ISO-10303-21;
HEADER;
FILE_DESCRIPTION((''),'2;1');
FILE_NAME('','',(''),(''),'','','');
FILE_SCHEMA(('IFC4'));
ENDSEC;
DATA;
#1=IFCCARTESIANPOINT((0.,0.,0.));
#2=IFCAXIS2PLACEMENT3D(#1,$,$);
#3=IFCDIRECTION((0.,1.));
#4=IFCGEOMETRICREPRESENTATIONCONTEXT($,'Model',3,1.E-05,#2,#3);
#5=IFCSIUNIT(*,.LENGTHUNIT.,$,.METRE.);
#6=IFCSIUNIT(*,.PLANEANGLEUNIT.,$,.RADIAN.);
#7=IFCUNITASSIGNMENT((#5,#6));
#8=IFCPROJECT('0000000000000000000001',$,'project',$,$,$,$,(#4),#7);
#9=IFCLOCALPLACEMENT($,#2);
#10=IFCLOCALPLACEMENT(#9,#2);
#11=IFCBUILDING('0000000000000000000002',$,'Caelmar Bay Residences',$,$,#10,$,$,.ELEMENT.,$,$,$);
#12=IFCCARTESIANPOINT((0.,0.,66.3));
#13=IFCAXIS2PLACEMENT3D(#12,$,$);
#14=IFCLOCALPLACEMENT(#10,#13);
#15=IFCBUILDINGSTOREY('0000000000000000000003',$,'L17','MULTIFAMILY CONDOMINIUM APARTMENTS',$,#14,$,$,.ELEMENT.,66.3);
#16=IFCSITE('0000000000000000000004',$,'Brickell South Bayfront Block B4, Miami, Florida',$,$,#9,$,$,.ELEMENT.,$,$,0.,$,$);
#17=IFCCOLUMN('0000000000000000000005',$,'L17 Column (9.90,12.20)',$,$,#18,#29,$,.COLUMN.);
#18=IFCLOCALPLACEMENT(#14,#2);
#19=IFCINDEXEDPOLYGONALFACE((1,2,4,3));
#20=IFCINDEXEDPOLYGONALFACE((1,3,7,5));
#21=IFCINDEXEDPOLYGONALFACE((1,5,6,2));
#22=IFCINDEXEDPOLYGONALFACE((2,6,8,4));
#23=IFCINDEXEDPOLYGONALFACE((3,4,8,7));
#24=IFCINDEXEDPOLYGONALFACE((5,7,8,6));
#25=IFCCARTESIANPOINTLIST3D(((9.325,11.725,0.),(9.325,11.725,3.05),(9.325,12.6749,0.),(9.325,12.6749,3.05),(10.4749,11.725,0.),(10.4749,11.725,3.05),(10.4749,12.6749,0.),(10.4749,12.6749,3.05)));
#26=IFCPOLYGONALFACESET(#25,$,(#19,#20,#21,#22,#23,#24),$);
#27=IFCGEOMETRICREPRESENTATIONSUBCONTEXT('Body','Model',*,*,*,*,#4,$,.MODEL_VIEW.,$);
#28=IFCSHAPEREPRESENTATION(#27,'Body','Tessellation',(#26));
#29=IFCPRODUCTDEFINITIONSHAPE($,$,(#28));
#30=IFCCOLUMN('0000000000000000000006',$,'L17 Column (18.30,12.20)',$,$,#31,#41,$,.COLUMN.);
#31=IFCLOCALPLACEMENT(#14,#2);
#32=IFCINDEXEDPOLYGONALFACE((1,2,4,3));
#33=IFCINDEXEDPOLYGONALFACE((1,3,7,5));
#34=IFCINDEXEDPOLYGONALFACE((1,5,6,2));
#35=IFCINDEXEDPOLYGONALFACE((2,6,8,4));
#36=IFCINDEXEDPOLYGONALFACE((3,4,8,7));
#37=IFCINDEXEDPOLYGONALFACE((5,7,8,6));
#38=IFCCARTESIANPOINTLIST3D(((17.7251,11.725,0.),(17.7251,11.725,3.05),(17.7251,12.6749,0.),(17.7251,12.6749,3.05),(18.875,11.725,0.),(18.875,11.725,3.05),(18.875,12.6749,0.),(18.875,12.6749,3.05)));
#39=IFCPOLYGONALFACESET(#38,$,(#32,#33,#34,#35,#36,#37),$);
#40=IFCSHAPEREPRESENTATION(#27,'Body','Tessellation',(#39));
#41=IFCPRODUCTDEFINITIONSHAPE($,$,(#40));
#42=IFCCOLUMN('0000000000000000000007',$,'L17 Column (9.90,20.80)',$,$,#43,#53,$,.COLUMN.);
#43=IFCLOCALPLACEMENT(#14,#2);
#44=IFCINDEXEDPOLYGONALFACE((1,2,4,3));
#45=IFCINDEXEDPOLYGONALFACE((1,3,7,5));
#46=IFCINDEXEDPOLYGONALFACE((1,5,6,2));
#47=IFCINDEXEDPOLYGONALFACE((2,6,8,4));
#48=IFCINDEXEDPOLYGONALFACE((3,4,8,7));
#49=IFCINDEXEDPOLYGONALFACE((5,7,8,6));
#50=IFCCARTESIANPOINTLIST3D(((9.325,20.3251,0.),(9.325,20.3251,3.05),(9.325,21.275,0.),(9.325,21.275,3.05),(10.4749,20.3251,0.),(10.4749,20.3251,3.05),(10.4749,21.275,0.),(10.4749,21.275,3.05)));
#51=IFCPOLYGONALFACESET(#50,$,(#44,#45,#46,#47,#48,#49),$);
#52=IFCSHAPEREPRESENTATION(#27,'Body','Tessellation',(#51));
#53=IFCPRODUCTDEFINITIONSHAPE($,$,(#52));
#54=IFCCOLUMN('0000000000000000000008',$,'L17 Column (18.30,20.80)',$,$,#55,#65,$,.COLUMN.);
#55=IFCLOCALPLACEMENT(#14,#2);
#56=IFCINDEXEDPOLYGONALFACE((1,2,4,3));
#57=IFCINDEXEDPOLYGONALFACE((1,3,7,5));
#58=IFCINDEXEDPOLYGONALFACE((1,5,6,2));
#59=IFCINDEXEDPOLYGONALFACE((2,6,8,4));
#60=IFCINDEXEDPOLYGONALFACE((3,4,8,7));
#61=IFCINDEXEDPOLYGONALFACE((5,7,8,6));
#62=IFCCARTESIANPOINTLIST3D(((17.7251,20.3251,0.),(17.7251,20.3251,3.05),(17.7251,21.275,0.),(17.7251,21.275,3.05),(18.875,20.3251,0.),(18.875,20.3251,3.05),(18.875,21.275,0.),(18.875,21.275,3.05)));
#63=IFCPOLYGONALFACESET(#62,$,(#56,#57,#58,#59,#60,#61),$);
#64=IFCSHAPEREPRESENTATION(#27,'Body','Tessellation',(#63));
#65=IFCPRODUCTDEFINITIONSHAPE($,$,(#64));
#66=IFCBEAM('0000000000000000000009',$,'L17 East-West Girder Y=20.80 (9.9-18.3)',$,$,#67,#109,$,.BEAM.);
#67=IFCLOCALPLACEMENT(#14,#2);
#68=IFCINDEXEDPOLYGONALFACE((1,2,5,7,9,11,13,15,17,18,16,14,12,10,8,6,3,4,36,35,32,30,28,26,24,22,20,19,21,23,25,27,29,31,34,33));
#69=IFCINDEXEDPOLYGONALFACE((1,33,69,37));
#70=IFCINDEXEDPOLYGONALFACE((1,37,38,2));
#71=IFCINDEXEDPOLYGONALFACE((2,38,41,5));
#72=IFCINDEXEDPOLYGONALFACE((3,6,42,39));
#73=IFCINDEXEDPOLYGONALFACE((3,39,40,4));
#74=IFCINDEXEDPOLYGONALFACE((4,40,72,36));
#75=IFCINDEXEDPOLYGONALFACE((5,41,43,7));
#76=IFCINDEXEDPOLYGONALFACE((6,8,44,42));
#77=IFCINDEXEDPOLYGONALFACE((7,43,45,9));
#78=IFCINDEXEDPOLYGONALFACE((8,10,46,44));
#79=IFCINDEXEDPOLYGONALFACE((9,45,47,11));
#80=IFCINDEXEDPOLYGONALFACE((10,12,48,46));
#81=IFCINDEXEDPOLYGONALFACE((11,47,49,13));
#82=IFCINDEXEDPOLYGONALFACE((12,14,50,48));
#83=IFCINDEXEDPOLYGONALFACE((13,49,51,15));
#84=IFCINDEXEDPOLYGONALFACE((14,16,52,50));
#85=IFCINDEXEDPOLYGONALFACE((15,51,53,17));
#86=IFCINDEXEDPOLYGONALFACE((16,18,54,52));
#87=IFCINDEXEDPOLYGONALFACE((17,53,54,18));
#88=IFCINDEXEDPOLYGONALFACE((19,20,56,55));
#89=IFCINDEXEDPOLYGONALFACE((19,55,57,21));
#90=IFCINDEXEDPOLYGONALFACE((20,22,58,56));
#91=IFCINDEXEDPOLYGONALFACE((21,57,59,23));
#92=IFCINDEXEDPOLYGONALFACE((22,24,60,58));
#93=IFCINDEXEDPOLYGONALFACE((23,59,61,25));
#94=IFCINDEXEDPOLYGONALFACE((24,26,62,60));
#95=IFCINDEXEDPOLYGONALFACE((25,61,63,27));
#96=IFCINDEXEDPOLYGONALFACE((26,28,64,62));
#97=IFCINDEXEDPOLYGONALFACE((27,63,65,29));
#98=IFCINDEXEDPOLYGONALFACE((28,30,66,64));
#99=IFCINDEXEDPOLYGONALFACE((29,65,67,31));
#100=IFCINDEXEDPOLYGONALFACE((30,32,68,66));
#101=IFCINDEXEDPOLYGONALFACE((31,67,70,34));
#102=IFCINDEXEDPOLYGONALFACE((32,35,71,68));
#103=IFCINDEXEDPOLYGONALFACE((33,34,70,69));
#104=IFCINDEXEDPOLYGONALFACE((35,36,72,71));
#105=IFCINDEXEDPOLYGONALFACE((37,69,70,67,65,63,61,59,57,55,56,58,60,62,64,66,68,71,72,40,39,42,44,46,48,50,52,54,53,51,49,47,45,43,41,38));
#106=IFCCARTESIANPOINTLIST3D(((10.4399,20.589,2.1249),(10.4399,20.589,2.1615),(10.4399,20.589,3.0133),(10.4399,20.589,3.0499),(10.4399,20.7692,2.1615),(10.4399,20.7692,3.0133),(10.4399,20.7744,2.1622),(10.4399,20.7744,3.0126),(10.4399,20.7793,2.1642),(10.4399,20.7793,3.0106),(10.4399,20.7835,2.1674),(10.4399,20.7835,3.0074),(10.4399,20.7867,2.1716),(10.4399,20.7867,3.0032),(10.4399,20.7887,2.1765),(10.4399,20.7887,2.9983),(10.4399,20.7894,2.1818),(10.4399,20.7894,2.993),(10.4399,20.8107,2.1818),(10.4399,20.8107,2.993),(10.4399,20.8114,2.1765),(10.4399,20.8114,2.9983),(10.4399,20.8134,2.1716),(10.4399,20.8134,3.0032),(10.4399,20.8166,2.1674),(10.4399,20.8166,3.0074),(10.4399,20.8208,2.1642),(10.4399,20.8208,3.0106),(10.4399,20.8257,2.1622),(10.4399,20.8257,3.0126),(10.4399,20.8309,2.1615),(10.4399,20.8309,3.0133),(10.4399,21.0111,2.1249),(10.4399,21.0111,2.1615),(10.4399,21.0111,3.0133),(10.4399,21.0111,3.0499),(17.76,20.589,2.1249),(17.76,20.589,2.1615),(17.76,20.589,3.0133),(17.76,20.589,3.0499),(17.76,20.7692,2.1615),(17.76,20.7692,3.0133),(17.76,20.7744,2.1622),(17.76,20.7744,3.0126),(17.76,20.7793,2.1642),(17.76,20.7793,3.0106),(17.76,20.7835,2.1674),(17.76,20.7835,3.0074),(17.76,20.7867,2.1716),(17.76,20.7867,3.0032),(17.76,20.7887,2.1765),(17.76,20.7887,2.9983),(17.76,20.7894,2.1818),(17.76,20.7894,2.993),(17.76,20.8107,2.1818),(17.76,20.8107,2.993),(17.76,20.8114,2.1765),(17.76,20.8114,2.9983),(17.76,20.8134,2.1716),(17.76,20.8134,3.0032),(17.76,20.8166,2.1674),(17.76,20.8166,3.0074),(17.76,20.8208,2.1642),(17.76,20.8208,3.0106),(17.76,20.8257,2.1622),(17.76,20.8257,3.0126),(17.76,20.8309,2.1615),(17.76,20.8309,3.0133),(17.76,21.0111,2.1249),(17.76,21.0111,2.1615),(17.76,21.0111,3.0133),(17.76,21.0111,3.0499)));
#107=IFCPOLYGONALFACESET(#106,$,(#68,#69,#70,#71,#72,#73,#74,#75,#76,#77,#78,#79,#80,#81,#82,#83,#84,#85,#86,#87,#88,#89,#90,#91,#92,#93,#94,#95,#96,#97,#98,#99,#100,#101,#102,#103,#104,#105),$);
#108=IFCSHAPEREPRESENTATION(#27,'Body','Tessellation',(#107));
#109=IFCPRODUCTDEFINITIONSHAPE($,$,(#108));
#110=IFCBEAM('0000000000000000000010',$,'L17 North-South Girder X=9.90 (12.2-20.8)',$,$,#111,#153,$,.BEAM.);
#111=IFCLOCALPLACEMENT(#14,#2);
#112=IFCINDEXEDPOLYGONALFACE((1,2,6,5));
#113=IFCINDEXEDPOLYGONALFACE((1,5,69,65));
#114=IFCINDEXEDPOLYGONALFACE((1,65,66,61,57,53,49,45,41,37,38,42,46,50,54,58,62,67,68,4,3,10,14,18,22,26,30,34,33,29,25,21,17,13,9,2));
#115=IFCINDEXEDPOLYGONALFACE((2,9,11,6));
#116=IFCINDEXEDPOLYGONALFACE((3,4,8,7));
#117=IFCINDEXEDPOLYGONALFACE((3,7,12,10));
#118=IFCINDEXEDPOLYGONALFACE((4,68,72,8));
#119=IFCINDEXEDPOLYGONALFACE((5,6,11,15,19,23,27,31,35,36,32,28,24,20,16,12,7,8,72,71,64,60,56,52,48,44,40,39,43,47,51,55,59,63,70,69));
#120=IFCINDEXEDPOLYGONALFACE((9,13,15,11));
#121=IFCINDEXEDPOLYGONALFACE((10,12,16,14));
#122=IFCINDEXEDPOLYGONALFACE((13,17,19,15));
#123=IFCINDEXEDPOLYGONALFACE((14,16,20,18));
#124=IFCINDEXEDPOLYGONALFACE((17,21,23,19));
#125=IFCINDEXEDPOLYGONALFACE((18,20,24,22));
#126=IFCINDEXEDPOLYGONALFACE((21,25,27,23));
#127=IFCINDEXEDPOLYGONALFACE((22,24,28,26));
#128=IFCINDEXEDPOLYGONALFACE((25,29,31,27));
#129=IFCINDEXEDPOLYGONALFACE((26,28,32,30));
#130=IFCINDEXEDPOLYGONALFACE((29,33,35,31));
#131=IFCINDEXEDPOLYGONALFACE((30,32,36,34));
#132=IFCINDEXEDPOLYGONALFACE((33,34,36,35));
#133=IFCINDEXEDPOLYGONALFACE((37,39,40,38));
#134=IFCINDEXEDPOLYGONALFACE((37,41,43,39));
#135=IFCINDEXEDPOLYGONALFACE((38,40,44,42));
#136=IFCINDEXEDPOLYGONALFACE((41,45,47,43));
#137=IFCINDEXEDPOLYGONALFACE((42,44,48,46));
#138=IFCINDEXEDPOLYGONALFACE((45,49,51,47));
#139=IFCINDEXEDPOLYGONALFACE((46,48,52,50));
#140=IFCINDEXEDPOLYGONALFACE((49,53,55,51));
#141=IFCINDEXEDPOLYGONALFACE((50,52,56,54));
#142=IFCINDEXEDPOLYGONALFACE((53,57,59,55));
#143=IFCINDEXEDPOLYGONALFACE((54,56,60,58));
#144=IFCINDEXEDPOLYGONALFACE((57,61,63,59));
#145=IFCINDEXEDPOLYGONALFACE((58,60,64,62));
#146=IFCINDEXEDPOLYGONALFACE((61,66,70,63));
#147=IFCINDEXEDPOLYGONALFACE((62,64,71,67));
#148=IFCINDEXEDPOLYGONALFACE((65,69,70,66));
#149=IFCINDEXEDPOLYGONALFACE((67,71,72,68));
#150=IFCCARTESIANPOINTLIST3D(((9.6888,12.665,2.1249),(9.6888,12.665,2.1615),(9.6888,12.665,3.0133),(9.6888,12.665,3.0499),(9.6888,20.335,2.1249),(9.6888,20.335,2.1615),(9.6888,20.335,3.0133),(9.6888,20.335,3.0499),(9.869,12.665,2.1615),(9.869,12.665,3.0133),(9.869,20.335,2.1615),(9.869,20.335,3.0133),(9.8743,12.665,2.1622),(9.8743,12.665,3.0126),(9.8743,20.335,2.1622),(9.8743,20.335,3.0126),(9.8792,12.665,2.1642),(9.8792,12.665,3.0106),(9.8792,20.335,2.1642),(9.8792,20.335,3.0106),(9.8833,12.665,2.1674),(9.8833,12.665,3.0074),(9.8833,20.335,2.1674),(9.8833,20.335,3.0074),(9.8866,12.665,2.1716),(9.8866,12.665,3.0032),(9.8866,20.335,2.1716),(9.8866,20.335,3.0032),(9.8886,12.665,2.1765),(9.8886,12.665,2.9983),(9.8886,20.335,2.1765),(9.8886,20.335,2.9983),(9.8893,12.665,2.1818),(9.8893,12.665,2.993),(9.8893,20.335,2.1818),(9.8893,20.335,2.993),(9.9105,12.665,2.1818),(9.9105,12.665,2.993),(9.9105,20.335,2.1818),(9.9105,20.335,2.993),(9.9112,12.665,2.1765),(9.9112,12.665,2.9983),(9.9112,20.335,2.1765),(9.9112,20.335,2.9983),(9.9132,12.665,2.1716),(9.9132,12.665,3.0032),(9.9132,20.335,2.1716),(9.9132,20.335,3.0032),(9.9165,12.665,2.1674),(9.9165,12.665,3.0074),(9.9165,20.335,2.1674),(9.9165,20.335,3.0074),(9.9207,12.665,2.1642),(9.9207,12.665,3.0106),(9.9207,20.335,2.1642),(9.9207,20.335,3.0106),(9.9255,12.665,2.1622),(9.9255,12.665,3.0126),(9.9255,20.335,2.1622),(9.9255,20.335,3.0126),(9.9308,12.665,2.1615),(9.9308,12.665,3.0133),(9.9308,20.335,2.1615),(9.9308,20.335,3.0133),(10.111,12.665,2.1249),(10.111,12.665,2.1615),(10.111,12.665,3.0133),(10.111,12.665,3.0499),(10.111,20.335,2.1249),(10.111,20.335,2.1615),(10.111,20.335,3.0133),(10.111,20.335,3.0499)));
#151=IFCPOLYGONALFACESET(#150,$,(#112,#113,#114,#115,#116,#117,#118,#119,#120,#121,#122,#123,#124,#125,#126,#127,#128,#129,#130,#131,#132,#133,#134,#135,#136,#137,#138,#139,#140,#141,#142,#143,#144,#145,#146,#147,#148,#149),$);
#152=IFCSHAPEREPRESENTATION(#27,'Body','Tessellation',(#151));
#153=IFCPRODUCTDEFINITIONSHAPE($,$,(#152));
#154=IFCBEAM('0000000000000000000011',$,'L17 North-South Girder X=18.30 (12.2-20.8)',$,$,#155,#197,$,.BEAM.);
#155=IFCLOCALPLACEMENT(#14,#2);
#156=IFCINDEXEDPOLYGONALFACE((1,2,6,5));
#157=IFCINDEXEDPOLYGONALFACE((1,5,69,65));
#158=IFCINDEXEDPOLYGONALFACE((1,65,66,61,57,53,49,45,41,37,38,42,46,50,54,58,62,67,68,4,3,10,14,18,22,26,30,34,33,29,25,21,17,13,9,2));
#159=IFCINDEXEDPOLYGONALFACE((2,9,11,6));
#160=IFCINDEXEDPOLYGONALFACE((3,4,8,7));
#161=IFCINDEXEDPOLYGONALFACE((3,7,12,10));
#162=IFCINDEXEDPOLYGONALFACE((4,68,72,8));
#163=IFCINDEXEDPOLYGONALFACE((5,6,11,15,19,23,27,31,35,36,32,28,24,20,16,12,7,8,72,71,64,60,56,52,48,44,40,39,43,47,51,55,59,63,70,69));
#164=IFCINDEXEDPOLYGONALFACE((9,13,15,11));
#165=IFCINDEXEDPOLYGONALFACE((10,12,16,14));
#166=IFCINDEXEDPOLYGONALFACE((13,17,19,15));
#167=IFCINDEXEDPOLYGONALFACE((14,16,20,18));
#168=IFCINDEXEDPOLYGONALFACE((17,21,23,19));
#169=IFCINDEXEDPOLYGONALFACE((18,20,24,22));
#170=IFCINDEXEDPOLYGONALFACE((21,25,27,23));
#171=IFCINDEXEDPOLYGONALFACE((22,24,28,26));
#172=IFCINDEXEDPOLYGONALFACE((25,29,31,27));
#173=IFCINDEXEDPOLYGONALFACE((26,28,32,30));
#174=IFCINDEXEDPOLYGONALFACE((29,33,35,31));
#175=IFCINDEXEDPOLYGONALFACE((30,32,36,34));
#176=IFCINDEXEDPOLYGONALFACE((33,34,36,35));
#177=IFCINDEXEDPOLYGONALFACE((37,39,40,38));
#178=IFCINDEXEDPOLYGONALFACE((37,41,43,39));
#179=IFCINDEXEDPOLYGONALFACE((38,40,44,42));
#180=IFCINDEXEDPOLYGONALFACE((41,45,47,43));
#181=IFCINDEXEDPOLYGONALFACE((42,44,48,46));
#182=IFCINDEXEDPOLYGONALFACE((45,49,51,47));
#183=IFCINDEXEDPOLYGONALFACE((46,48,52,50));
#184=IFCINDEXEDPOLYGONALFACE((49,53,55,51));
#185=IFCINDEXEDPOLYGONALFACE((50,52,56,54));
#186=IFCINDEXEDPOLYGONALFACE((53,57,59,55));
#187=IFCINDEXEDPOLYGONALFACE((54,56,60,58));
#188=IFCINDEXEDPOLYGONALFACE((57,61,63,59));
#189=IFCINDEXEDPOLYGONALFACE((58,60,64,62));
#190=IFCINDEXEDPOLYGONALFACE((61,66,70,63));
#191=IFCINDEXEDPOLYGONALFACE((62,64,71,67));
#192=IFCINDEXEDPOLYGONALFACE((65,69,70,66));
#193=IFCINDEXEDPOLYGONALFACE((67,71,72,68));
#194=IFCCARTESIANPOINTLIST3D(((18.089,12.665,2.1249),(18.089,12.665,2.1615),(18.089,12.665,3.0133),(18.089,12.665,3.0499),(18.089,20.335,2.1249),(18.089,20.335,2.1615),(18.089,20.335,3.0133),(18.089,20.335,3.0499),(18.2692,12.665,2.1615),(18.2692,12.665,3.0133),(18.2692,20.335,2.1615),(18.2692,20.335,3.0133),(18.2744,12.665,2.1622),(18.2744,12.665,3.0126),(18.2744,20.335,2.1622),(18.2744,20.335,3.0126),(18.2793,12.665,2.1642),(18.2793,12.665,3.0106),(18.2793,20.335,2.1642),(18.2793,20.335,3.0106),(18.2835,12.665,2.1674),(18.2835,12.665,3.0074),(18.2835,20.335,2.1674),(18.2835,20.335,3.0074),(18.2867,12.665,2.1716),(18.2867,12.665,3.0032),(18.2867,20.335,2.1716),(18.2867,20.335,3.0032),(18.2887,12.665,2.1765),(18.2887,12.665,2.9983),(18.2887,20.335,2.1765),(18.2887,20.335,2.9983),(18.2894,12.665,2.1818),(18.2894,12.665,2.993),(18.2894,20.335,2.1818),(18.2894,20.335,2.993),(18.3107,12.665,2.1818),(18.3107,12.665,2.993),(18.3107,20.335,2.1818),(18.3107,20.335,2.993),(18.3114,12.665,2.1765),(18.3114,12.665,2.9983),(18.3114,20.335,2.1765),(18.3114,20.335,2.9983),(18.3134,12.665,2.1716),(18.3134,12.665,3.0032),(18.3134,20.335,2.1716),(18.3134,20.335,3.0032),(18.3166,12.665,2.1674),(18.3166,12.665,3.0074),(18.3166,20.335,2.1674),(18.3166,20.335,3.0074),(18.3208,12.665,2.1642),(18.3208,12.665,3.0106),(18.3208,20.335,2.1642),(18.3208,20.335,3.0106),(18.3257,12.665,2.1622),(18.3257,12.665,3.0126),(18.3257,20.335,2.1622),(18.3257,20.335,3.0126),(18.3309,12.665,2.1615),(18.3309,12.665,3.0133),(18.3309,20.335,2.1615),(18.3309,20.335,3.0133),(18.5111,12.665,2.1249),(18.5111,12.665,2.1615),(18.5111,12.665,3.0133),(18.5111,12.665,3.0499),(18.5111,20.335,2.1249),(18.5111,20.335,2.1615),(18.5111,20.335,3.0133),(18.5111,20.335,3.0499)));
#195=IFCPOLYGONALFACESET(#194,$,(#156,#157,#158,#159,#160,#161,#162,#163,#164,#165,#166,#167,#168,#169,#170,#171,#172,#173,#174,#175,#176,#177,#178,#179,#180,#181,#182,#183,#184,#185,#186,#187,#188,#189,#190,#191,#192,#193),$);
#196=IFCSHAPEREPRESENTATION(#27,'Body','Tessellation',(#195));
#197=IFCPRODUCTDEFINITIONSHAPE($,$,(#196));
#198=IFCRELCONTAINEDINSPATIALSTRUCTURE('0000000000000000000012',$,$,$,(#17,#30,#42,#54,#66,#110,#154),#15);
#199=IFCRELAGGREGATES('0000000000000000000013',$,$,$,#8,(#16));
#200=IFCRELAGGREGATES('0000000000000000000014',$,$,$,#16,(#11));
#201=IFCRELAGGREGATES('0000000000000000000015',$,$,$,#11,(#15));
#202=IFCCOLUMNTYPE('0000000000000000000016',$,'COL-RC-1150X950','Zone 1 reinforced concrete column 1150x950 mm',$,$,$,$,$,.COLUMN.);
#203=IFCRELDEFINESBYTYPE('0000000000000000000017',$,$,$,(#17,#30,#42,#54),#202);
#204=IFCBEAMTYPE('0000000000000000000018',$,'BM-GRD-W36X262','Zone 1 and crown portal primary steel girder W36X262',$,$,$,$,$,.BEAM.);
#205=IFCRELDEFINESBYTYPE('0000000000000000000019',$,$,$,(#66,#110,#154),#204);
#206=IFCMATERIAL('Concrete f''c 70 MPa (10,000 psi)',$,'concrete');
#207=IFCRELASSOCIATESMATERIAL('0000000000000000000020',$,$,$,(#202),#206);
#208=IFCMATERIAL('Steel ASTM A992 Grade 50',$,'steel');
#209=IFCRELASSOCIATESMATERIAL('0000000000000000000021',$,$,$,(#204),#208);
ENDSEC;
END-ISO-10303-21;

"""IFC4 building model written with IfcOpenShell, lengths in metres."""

from ifc_helpers import new_model, si_unit, direction, frame, origin, origin_2d, place, context, subcontext, project, spatial, rectangle, i_section, extrude, material, material_profile, profile_set, type_object, element, save


model = new_model("IFC4")

# Units and contexts
model_context = context("Model", 3, precision=1e-05, world=origin(), true_north=direction((0.0, 1.0)))
body_context = subcontext(model_context, "Body", "Model", "MODEL_VIEW")
ifc_project = project(units=[si_unit("LENGTHUNIT", "METRE"), si_unit("PLANEANGLEUNIT", "RADIAN")], contexts=[model_context])

# Site, building, storey
site_placement = place(None, origin())
site = spatial("IfcSite", under=ifc_project, at=site_placement, Name="Brickell South Bayfront Block B4, Miami, Florida", CompositionType="ELEMENT", RefElevation=0.0)
building_placement = place(site_placement, origin())
building = spatial("IfcBuilding", under=site, at=building_placement, Name="Caelmar Bay Residences", CompositionType="ELEMENT")
storey_placement = place(building_placement, frame((0.0, 0.0, 66.3)))
storey = spatial("IfcBuildingStorey", under=building, at=storey_placement, Name="L17", Description="MULTIFAMILY CONDOMINIUM APARTMENTS", CompositionType="ELEMENT", Elevation=66.3)

# Columns
ifc_material_1 = material(Name="Concrete f'c 70 MPa (10,000 psi)", Category="concrete")
ifc_material_profile_1 = material_profile(ifc_material_1, rectangle(XDim=1.1499, YDim=0.95, at=origin_2d()), Name="RC-COL-1150X950")
ifc_profile_set_1 = profile_set([ifc_material_profile_1], Name="Concrete f'c 70 MPa (10,000 psi)")
column_type = type_object("IfcColumnType", Name="COL-RC-1150X950", Description="Zone 1 reinforced concrete column 1150x950 mm", PredefinedType="COLUMN", material=ifc_profile_set_1)
for number, where, z_axis, x_axis, name in (
    (1, (9.8999, 12.2, 0.0), (0.0, 0.0, 1.0), (1.0, 0.0, 0.0), "L17 Column (9.90,12.20)"),
    (2, (18.3, 12.2, 0.0), (0.0, 0.0, 1.0), (1.0, 0.0, 0.0), "L17 Column (18.30,12.20)"),
    (3, (9.8999, 20.8, 0.0), (0.0, 0.0, 1.0), (1.0, 0.0, 0.0), "L17 Column (9.90,20.80)"),
    (4, (18.3, 20.8, 0.0), (0.0, 0.0, 1.0), (1.0, 0.0, 0.0), "L17 Column (18.30,20.80)"),
):
    element("IfcColumn", number, at=place(storey_placement, frame(where, z_axis=z_axis, x_axis=x_axis)), inside=storey, type_object=column_type, Name=name, PredefinedType="COLUMN", context=body_context, shape_type="SweptSolid", body=[
        extrude(rectangle(XDim=1.1499, YDim=0.95, at=origin_2d()), origin(), (0.0, 0.0, 1.0), 3.05),
    ])

# Beams
ifc_material_2 = material(Name="Steel ASTM A992 Grade 50", Category="steel")
ifc_material_profile_2 = material_profile(ifc_material_2, i_section(OverallWidth=0.4221, OverallDepth=0.925, WebThickness=0.0212, FlangeThickness=0.0366, FilletRadius=0.0203, at=origin_2d()), Name="W36X262")
ifc_profile_set_2 = profile_set([ifc_material_profile_2], Name="Steel ASTM A992 Grade 50")
beam_type_1 = type_object("IfcBeamType", Name="BM-GRD-W36X262", Description="Zone 1 and crown portal primary steel girder W36X262", PredefinedType="BEAM", material=ifc_profile_set_2)
beam_1_placement = place(storey_placement, frame((10.4399, 20.8, 2.5874), z_axis=(1.0, 0.0, 0.0), x_axis=(0.0, 1.0, 0.0)))
element("IfcBeam", 5, at=beam_1_placement, inside=storey, type_object=beam_type_1, Name="L17 East-West Girder Y=20.80 (9.9-18.3)", PredefinedType="BEAM", context=body_context, shape_type="SweptSolid", body=[
    extrude(i_section(OverallWidth=0.4221, OverallDepth=0.925, WebThickness=0.0212, FlangeThickness=0.0366, FilletRadius=0.0203, at=origin_2d()), origin(), (0.0, 0.0, 1.0), 7.3201),
])
for number, where, z_axis, x_axis, name in (
    (6, (9.8999, 12.665, 2.5874), (0.0, 1.0, 0.0), (-1.0, 0.0, 0.0), "L17 North-South Girder X=9.90 (12.2-20.8)"),
    (7, (18.3, 12.665, 2.5874), (0.0, 1.0, 0.0), (-1.0, 0.0, 0.0), "L17 North-South Girder X=18.30 (12.2-20.8)"),
):
    element("IfcBeam", number, at=place(storey_placement, frame(where, z_axis=z_axis, x_axis=x_axis)), inside=storey, type_object=beam_type_1, Name=name, PredefinedType="BEAM", context=body_context, shape_type="SweptSolid", body=[
        extrude(i_section(OverallWidth=0.4221, OverallDepth=0.925, WebThickness=0.0212, FlangeThickness=0.0366, FilletRadius=0.0203, at=origin_2d()), origin(), (0.0, 0.0, 1.0), 7.6699),
    ])

save(model, "model.ifc")
